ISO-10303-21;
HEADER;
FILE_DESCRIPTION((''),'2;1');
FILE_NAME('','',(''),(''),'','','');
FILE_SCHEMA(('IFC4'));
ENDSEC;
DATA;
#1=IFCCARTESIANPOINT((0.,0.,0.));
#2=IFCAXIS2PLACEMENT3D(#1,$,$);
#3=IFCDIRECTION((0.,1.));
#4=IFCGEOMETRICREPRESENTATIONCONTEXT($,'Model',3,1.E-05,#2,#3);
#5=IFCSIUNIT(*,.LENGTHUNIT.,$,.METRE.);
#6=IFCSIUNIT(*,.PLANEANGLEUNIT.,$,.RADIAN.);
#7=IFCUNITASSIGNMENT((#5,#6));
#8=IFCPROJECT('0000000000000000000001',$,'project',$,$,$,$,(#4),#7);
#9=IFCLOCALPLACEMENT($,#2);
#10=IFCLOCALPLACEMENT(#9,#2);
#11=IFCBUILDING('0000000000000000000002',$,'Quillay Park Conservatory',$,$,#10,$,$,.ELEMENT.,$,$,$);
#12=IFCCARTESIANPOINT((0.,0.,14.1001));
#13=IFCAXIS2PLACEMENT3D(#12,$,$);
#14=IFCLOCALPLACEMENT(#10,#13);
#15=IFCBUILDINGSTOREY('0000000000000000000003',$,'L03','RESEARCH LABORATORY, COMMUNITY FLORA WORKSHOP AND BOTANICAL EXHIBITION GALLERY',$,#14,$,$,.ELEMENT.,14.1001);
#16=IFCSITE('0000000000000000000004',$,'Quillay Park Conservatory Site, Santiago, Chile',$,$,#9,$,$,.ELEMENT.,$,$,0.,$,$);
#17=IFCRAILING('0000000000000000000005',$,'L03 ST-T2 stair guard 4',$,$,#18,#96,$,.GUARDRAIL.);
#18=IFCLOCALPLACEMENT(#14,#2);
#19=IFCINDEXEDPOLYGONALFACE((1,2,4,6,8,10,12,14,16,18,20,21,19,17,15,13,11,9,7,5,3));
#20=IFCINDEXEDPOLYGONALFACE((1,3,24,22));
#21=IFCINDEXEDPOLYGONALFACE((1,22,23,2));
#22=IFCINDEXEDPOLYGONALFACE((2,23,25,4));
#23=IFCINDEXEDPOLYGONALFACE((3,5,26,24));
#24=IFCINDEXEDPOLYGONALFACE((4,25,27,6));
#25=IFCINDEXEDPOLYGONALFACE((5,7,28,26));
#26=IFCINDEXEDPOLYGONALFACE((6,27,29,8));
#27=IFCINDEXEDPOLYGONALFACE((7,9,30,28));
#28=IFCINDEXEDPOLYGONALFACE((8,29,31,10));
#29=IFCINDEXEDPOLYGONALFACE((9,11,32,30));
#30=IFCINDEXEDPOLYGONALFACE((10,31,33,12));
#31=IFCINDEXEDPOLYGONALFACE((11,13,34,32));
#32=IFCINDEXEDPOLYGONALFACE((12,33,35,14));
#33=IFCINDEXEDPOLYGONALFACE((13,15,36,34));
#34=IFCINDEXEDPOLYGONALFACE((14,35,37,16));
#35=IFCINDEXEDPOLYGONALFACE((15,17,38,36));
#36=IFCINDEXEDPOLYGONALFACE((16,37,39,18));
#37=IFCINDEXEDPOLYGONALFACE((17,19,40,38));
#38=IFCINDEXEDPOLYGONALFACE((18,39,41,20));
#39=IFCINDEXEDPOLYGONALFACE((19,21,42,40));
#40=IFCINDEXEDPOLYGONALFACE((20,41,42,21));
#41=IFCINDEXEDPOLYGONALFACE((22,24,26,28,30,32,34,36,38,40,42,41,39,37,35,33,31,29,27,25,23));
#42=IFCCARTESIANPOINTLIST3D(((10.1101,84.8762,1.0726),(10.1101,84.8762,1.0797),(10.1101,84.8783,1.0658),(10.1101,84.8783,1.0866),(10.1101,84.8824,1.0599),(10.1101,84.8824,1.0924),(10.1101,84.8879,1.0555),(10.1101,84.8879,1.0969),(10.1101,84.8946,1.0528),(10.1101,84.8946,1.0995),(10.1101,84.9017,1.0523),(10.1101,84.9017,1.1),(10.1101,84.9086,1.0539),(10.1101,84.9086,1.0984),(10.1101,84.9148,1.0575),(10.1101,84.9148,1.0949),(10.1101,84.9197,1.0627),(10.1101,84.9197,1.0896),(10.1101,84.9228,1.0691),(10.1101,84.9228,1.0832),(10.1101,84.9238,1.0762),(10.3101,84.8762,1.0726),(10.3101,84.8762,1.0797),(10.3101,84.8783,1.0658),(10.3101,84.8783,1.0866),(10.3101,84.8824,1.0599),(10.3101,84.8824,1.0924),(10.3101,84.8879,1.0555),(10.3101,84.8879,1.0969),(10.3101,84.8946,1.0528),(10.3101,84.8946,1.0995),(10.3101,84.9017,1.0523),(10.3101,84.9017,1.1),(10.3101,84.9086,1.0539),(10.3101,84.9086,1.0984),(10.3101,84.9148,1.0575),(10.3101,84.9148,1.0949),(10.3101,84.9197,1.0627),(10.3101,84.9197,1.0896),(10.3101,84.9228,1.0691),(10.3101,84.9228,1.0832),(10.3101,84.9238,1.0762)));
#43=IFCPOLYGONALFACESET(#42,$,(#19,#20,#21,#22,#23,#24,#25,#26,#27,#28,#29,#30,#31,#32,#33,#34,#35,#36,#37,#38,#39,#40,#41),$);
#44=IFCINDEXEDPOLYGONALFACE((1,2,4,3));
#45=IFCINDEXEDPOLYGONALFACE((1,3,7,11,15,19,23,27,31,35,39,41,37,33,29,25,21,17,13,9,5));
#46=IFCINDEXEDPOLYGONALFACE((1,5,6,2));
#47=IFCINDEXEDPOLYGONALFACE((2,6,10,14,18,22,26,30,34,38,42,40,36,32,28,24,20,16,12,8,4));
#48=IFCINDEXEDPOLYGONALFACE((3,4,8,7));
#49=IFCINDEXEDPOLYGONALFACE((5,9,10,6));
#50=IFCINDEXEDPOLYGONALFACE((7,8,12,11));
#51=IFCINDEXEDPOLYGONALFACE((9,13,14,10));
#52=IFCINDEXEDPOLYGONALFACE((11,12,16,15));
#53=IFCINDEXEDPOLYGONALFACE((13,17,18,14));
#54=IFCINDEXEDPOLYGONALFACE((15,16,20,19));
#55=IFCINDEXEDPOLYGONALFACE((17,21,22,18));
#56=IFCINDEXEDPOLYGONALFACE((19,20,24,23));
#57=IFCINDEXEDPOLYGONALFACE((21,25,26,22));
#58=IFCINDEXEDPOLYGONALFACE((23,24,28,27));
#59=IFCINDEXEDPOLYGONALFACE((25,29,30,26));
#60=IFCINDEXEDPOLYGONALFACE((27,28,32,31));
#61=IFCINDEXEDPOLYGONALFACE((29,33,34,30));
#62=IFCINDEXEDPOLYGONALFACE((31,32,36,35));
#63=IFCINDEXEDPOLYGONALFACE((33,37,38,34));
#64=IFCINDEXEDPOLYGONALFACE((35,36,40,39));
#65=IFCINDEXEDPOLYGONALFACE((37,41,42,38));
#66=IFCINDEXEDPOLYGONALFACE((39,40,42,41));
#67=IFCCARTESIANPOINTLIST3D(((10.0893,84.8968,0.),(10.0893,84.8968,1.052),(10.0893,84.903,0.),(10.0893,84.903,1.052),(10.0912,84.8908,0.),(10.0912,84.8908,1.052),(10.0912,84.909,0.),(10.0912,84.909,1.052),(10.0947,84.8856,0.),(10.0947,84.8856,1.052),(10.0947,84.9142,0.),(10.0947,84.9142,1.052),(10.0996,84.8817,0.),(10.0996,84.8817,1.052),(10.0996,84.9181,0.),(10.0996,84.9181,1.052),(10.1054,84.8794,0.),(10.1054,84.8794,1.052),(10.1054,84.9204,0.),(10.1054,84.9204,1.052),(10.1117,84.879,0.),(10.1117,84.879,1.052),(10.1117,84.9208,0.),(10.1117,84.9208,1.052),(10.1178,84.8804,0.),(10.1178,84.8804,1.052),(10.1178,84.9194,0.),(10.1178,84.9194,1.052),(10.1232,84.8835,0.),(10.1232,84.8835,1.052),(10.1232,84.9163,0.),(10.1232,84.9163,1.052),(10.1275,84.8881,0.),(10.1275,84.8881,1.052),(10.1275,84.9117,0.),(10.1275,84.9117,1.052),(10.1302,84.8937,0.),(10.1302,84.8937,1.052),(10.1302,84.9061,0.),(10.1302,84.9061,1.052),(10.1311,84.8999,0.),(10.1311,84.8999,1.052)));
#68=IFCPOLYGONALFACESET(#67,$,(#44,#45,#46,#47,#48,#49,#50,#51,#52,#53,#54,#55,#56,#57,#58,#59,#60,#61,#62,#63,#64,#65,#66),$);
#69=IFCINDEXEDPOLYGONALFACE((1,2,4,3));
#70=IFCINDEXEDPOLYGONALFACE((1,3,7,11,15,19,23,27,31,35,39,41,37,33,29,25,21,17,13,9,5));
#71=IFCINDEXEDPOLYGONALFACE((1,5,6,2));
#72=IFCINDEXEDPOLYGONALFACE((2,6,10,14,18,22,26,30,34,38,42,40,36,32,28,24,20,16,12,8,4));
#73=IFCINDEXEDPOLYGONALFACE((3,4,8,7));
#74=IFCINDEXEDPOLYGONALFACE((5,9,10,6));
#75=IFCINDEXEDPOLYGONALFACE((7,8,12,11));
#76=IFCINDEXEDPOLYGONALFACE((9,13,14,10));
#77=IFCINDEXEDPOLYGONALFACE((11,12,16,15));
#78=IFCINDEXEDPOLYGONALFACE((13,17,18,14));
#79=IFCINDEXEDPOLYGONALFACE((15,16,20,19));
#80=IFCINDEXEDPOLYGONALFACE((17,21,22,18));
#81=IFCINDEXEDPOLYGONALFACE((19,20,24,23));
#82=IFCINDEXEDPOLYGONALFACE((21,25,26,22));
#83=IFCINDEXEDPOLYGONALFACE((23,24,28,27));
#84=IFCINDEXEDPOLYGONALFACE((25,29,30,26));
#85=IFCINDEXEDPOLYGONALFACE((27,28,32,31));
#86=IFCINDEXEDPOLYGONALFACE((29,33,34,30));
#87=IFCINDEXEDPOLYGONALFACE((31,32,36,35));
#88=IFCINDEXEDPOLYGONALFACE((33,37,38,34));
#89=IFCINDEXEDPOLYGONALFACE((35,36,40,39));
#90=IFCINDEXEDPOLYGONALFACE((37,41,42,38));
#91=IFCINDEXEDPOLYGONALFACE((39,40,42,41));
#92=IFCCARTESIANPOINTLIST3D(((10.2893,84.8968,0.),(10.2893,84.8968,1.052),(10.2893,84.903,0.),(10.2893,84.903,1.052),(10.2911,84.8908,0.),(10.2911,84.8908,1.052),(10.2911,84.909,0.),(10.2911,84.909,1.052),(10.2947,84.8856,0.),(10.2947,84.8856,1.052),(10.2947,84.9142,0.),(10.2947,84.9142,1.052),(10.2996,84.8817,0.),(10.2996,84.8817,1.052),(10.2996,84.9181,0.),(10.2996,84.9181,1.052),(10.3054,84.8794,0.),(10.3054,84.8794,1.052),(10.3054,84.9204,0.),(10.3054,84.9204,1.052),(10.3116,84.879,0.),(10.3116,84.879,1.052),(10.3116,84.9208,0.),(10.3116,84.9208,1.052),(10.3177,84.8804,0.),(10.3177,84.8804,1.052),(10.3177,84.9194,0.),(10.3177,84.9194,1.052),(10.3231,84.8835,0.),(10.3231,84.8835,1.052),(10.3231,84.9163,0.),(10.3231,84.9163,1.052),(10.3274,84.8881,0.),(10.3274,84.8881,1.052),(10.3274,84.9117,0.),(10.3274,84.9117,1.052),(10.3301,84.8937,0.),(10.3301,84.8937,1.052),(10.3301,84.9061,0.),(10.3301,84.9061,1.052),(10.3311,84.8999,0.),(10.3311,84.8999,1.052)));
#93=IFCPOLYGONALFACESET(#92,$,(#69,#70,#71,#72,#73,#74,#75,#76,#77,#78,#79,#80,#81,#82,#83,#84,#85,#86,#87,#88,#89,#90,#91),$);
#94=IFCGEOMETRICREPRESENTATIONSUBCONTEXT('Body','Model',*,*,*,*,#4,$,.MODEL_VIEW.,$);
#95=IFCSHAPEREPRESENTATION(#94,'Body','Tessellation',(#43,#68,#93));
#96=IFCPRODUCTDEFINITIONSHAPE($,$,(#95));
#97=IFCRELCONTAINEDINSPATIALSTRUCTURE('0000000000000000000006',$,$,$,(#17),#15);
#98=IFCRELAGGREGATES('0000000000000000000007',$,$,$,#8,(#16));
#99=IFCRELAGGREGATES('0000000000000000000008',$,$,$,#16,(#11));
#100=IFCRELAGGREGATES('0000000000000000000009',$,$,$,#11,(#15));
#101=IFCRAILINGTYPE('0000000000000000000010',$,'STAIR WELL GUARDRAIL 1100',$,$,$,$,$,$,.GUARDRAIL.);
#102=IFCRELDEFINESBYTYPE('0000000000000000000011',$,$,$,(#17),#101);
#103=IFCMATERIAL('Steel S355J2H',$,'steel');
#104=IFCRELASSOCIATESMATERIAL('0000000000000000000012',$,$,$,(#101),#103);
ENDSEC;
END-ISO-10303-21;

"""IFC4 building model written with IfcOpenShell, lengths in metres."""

from ifc_helpers import new_model, si_unit, direction, frame, origin, origin_2d, place, context, subcontext, project, spatial, circle, extrude, material, type_object, element, save


model = new_model("IFC4")

# Units and contexts
model_context = context("Model", 3, precision=1e-05, world=origin(), true_north=direction((0.0, 1.0)))
body_context = subcontext(model_context, "Body", "Model", "MODEL_VIEW")
ifc_project = project(units=[si_unit("LENGTHUNIT", "METRE"), si_unit("PLANEANGLEUNIT", "RADIAN")], contexts=[model_context])

# Site, building, storey
site_placement = place(None, origin())
site = spatial("IfcSite", under=ifc_project, at=site_placement, Name="Quillay Park Conservatory Site, Santiago, Chile", CompositionType="ELEMENT", RefElevation=0.0)
building_placement = place(site_placement, origin())
building = spatial("IfcBuilding", under=site, at=building_placement, Name="Quillay Park Conservatory", CompositionType="ELEMENT")
storey_placement = place(building_placement, frame((0.0, 0.0, 14.1001)))
storey = spatial("IfcBuildingStorey", under=building, at=storey_placement, Name="L03", Description="RESEARCH LABORATORY, COMMUNITY FLORA WORKSHOP AND BOTANICAL EXHIBITION GALLERY", CompositionType="ELEMENT", Elevation=14.1001)

# Railing
ifc_material_1 = material(Name="Steel S355J2H", Category="steel")
railing_type_1 = type_object("IfcRailingType", Name="STAIR WELL GUARDRAIL 1100", PredefinedType="GUARDRAIL", material=ifc_material_1)
railing_1_placement = place(storey_placement, frame((10.1101, 84.8999, 0.0)))
element("IfcRailing", 1, at=railing_1_placement, inside=storey, type_object=railing_type_1, Name="L03 ST-T2 stair guard 4", PredefinedType="GUARDRAIL", context=body_context, shape_type="SweptSolid", body=[
    extrude(circle(Radius=0.0239, at=origin_2d()), frame((0.0, 0.0, 1.0762), z_axis=(1.0, 0.0, 0.0), x_axis=(0.0, 1.0, 0.0)), (0.0, 0.0, 1.0), 0.2),
    extrude(circle(Radius=0.021, at=origin_2d()), origin(), (0.0, 0.0, 1.0), 1.052),
    extrude(circle(Radius=0.021, at=origin_2d()), frame((0.2, 0.0, 0.0)), (0.0, 0.0, 1.0), 1.052),
])

save(model, "model.ifc")
